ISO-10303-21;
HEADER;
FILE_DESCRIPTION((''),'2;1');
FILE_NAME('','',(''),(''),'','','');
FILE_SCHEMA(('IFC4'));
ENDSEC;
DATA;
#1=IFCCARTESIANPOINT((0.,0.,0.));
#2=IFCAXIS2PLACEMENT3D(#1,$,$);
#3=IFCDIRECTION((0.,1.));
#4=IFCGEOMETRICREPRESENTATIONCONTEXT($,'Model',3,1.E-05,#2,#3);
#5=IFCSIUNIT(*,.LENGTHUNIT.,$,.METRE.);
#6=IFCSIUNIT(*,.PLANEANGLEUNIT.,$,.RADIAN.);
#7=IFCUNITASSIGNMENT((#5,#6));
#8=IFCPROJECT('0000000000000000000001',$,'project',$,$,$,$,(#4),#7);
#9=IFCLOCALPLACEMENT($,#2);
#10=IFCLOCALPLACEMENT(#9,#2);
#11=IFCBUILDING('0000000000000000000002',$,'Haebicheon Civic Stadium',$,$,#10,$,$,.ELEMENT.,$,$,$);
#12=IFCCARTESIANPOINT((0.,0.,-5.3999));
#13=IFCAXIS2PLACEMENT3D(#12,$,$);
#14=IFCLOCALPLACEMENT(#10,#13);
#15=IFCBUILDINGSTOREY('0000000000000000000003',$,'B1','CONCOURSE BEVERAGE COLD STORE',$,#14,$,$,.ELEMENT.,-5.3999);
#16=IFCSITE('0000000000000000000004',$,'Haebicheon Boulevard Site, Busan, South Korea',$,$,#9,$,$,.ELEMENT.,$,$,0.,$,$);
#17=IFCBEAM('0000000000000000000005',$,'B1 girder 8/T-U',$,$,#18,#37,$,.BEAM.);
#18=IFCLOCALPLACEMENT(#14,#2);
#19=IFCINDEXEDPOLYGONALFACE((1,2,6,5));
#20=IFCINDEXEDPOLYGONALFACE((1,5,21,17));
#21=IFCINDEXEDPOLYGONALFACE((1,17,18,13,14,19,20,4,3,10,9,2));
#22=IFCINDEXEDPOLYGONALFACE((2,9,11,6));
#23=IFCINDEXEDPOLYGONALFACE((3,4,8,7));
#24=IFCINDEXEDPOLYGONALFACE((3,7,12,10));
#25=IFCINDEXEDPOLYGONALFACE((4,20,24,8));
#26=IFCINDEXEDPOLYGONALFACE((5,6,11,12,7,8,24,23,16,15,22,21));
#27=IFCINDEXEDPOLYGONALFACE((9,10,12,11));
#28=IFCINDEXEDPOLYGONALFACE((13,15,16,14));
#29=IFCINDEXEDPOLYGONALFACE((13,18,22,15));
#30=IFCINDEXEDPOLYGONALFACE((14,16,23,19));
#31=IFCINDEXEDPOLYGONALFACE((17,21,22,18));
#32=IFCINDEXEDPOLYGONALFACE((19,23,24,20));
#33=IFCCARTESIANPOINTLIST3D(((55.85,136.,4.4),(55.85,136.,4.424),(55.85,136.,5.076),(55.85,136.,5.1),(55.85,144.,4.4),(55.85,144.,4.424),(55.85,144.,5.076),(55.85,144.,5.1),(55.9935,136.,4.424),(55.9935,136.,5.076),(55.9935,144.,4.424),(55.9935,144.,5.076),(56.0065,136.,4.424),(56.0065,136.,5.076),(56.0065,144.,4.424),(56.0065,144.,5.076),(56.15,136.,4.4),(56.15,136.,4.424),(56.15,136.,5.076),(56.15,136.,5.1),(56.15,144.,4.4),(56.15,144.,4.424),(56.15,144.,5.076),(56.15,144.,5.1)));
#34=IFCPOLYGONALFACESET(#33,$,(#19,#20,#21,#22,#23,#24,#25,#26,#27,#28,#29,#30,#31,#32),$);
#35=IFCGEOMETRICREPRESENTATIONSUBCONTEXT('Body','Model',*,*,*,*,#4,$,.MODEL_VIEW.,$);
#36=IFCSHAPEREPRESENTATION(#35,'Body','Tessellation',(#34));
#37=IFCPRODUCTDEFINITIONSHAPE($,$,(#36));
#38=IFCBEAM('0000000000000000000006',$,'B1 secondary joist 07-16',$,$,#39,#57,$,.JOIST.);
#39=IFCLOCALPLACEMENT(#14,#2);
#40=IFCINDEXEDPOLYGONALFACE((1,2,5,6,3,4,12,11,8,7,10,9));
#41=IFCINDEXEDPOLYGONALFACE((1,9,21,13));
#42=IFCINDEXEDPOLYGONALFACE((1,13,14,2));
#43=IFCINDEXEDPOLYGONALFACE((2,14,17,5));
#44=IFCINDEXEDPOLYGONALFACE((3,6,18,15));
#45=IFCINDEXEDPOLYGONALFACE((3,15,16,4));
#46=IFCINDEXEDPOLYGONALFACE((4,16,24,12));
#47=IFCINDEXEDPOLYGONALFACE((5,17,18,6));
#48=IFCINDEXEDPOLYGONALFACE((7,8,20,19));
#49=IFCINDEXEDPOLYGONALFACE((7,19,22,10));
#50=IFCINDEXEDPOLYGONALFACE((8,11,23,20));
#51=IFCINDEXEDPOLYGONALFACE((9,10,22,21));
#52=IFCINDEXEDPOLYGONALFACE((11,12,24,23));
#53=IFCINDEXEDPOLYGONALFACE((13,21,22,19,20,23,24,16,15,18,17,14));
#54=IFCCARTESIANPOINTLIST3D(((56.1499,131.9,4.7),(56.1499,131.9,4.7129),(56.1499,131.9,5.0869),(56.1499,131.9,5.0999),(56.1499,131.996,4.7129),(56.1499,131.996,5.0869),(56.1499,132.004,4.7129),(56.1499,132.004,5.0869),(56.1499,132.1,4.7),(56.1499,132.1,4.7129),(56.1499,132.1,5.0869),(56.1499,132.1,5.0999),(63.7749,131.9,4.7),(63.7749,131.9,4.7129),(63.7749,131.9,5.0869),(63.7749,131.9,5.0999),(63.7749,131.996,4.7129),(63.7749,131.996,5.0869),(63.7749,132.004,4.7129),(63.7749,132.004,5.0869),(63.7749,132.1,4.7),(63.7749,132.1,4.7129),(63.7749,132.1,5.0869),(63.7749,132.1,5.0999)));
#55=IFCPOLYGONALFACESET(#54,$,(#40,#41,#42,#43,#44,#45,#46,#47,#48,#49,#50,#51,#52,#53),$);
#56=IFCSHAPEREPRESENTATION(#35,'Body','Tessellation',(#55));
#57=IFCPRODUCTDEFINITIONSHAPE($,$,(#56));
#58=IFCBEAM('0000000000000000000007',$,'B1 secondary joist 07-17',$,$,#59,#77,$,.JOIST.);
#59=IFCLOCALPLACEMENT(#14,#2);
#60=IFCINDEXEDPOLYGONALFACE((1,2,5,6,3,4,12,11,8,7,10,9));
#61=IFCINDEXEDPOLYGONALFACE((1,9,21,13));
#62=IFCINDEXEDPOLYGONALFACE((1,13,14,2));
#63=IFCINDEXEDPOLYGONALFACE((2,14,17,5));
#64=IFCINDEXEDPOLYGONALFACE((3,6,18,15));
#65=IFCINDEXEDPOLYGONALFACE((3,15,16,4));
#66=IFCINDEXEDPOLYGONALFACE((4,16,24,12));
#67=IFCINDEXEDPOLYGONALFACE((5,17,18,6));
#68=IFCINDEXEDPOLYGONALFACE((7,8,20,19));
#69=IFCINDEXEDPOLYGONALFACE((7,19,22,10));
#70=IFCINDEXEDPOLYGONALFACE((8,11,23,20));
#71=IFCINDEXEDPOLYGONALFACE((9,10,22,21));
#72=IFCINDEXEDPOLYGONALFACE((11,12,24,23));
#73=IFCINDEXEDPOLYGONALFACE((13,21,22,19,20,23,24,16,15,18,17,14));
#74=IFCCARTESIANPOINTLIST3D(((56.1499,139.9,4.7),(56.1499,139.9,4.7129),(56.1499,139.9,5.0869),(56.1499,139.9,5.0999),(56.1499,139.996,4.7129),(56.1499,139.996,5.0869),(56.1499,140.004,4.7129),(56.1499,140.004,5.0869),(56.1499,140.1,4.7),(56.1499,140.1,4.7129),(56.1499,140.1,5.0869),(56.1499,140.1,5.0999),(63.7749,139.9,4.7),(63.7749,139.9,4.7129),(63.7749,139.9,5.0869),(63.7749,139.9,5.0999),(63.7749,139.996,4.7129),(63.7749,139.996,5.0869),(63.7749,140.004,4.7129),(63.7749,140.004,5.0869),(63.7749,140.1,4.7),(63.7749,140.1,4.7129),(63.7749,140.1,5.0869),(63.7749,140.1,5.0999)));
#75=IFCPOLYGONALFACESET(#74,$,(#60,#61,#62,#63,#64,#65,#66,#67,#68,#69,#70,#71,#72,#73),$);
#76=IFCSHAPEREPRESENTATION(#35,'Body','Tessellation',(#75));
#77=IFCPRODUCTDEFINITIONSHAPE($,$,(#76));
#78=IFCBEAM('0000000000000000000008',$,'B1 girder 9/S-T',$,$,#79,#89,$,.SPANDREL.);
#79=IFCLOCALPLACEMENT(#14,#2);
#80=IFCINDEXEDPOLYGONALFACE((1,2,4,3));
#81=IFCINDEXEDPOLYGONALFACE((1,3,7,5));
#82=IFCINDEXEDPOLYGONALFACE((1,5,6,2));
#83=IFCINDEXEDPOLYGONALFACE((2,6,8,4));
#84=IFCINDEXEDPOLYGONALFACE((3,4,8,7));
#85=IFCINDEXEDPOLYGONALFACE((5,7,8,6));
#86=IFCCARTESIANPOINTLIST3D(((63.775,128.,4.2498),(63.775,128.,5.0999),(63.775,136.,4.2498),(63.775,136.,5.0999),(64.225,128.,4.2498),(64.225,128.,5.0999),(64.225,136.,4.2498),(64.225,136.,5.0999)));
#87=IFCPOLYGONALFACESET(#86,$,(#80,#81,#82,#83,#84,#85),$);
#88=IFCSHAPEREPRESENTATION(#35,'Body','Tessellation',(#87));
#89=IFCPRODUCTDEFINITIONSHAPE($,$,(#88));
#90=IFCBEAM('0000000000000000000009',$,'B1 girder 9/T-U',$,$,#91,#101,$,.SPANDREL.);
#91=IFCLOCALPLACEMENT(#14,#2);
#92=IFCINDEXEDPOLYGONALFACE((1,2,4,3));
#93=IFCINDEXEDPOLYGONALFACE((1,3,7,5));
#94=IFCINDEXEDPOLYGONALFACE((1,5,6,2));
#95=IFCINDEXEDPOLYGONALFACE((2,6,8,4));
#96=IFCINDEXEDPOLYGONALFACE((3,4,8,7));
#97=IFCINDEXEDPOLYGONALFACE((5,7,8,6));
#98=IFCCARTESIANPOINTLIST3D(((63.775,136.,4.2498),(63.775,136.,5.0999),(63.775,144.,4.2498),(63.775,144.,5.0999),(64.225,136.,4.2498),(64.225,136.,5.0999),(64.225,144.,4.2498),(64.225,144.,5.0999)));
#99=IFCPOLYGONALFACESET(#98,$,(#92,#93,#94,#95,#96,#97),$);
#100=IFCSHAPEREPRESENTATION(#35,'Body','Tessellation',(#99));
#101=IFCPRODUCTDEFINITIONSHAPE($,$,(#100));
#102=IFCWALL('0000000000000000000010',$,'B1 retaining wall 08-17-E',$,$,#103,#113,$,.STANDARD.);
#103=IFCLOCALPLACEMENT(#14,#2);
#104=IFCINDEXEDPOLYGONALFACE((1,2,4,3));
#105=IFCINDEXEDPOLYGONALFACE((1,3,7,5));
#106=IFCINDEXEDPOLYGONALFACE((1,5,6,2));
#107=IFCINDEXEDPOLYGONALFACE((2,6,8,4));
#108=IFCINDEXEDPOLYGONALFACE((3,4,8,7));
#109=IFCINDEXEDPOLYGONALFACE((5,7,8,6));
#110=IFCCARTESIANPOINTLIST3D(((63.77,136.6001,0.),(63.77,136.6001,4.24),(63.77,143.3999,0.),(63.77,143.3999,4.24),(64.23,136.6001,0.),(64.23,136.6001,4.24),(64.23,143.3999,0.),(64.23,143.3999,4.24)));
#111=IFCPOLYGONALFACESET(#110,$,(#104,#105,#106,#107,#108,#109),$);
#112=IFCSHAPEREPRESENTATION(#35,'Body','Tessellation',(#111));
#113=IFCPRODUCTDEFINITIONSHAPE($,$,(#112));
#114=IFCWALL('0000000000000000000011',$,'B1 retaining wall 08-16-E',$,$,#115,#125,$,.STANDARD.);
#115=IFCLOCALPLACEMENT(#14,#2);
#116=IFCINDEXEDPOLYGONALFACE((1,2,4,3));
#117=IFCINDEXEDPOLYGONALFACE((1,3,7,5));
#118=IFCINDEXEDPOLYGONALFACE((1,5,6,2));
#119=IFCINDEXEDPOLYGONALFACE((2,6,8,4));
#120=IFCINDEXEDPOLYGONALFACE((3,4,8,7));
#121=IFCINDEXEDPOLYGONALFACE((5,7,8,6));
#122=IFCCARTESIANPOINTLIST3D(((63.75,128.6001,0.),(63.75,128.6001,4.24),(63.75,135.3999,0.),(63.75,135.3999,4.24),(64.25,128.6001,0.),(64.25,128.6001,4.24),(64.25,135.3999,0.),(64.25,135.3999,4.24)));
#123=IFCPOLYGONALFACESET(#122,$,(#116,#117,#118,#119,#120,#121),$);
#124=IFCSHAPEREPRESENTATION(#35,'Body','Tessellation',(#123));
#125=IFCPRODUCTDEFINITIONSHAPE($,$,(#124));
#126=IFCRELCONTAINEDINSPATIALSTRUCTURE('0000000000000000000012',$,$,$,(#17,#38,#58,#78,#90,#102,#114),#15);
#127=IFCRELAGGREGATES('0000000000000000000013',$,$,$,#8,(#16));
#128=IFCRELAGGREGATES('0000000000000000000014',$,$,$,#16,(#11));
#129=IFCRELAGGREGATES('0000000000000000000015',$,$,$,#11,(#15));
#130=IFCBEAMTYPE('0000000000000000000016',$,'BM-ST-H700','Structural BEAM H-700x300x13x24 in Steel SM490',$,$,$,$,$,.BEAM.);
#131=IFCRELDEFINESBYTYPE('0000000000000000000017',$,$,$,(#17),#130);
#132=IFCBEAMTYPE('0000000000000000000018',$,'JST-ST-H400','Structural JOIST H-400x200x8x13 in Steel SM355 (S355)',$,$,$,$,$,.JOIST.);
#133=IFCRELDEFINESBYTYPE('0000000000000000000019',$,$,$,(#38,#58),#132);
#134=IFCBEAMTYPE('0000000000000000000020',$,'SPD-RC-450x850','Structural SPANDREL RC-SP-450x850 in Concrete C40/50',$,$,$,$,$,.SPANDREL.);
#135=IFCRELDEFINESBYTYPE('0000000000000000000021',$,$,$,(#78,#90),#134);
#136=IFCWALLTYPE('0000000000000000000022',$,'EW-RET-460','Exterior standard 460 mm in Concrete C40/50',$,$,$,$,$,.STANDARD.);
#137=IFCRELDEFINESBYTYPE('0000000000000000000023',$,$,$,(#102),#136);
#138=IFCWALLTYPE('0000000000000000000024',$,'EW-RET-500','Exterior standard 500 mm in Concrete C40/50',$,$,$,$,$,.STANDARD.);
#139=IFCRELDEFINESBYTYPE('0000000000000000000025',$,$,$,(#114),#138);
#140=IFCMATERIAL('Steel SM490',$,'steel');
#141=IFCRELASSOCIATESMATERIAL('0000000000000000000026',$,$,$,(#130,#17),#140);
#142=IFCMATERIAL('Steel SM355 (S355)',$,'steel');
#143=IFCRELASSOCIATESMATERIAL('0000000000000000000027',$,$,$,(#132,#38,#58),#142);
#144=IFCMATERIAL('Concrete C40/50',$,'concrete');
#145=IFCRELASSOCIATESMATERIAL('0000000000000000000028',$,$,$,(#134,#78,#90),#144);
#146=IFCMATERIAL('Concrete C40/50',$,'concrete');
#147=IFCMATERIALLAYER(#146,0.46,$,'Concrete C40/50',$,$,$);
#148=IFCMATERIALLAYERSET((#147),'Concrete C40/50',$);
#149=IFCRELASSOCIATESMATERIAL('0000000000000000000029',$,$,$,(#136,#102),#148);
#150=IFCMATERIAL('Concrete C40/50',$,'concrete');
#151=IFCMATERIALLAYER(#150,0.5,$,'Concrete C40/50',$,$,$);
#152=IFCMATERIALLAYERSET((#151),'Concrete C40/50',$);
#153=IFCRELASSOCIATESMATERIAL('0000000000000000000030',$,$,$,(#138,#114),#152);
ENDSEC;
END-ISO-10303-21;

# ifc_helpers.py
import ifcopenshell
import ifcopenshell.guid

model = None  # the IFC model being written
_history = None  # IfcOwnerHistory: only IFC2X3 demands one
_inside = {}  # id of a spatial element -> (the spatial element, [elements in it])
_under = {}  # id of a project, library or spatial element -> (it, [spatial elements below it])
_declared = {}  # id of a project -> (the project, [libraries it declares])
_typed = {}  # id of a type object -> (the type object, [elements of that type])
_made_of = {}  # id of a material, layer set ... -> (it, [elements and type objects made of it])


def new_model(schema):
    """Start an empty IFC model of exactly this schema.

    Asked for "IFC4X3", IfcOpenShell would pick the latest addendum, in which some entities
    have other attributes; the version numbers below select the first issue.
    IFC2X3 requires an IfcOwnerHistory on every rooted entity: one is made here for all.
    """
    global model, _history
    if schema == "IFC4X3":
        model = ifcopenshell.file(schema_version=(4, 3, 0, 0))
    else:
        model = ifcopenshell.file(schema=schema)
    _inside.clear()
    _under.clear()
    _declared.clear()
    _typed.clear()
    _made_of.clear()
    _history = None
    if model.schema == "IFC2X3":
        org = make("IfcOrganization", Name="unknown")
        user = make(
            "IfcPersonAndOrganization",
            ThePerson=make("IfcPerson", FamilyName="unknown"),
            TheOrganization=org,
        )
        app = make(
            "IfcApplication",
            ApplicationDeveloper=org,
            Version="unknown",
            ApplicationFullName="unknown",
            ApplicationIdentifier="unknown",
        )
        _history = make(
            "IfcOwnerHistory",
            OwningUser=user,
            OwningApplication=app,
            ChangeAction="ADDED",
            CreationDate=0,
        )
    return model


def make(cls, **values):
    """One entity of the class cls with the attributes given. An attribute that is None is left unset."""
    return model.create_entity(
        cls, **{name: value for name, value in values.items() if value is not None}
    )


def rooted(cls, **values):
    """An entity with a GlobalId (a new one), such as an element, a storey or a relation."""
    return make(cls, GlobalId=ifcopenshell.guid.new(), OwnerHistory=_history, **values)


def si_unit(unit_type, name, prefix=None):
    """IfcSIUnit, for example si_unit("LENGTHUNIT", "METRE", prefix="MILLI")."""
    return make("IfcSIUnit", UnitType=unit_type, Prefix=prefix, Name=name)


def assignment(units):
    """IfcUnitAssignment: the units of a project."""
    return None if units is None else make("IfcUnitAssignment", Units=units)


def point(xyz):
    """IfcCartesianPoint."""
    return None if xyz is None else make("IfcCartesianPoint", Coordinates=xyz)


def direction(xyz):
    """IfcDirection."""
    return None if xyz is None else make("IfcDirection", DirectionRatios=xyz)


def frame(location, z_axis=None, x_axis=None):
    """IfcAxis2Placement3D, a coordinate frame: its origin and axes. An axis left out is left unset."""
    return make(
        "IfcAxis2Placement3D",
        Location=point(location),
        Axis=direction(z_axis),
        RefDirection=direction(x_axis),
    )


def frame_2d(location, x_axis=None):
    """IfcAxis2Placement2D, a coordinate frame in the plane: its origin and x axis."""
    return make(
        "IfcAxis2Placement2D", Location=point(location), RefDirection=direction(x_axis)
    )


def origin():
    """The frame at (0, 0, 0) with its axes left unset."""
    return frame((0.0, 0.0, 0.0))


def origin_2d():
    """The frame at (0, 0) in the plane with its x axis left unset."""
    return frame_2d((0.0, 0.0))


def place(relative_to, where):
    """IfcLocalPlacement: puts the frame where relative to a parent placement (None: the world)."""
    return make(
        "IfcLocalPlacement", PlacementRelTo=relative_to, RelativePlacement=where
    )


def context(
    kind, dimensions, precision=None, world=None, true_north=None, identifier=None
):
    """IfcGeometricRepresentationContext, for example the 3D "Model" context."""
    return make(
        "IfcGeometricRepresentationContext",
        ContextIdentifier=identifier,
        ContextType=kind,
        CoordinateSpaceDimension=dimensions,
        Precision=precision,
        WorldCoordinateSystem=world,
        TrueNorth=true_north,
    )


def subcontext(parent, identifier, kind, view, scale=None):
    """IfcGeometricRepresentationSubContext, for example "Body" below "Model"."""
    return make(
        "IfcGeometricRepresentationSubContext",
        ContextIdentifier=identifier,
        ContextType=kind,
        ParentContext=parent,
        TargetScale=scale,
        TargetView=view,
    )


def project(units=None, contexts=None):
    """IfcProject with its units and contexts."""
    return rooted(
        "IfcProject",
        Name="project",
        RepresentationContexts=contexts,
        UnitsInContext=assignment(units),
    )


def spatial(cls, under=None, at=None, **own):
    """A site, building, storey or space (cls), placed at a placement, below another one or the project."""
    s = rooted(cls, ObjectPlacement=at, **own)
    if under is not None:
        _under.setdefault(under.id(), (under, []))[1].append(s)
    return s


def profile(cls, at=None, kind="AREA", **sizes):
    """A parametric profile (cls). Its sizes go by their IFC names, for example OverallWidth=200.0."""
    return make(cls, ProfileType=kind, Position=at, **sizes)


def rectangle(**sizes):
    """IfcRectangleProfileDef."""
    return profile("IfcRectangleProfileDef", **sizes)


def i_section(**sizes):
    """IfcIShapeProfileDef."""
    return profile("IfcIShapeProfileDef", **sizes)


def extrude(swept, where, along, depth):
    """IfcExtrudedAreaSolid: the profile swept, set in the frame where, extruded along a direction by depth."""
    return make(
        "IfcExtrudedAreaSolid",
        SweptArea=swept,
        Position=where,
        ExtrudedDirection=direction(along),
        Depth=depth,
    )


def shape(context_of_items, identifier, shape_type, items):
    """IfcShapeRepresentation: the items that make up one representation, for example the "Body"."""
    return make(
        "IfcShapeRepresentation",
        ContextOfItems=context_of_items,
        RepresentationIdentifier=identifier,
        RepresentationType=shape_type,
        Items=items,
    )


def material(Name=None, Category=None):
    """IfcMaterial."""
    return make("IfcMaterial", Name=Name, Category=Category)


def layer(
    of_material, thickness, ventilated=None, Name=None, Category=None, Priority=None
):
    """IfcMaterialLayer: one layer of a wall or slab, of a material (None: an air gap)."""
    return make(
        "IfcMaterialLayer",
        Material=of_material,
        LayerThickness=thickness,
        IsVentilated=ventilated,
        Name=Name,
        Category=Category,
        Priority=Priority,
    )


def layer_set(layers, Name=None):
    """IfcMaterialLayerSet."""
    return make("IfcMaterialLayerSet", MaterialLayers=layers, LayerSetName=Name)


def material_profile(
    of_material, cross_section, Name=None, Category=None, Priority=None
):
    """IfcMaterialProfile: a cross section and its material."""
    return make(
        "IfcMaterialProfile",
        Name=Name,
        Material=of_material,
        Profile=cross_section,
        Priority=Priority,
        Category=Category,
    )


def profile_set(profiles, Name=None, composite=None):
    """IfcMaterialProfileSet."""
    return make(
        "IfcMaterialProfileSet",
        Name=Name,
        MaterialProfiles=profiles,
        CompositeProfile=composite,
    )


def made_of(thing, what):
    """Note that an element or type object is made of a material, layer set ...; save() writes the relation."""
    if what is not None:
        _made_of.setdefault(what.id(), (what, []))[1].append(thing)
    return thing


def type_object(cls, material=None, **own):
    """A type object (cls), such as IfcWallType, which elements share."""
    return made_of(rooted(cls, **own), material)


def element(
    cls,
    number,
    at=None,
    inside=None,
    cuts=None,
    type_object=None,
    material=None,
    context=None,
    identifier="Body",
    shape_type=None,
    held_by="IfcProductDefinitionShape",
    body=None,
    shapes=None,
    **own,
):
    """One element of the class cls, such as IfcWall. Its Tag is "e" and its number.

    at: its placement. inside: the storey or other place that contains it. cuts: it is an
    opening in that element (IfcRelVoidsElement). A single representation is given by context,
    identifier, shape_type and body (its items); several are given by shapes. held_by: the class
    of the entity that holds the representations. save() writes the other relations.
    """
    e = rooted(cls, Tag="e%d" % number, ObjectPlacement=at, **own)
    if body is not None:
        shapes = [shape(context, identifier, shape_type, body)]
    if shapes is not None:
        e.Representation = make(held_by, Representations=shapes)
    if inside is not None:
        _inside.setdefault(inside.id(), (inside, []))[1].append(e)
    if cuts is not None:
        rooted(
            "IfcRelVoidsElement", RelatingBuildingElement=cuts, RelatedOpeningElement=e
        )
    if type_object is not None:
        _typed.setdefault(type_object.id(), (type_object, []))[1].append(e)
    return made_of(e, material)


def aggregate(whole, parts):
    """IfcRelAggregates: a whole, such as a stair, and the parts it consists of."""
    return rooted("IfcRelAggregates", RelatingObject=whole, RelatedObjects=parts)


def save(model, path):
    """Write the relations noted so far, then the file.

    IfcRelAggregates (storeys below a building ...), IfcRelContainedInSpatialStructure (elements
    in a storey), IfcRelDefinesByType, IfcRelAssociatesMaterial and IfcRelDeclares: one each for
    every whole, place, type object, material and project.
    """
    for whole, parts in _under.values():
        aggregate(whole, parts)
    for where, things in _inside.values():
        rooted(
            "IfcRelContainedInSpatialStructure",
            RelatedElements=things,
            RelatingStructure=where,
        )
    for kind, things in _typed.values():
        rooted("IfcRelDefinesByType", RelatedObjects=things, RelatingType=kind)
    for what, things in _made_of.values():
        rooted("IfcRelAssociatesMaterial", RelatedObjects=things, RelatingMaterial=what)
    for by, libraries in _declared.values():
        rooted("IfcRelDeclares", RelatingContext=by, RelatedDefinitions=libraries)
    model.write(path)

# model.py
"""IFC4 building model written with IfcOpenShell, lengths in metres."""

from ifc_helpers import new_model, si_unit, direction, frame, frame_2d, origin, origin_2d, place, context, subcontext, project, spatial, rectangle, i_section, extrude, material, layer, layer_set, material_profile, profile_set, type_object, element, save


model = new_model("IFC4")

# Units and contexts
model_context = context("Model", 3, precision=1e-05, world=origin(), true_north=direction((0.0, 1.0)))
body_context = subcontext(model_context, "Body", "Model", "MODEL_VIEW")
ifc_project = project(units=[si_unit("LENGTHUNIT", "METRE"), si_unit("PLANEANGLEUNIT", "RADIAN")], contexts=[model_context])

# Site, building, storey
site_placement = place(None, origin())
site = spatial("IfcSite", under=ifc_project, at=site_placement, Name="Haebicheon Boulevard Site, Busan, South Korea", CompositionType="ELEMENT", RefElevation=0.0)
building_placement = place(site_placement, origin())
building = spatial("IfcBuilding", under=site, at=building_placement, Name="Haebicheon Civic Stadium", CompositionType="ELEMENT")
storey_placement = place(building_placement, frame((0.0, 0.0, -5.3999)))
storey = spatial("IfcBuildingStorey", under=building, at=storey_placement, Name="B1", Description="CONCOURSE BEVERAGE COLD STORE", CompositionType="ELEMENT", Elevation=-5.3999)

# Beams
ifc_material_1 = material(Name="Steel SM490", Category="steel")
ifc_material_profile_1 = material_profile(ifc_material_1, i_section(OverallWidth=0.3, OverallDepth=0.7, WebThickness=0.0129, FlangeThickness=0.0239, at=origin_2d()), Name="H-700x300x13x24")
ifc_profile_set_1 = profile_set([ifc_material_profile_1], Name="Steel SM490")
beam_type_1 = type_object("IfcBeamType", Name="BM-ST-H700", Description="Structural BEAM H-700x300x13x24 in Steel SM490", PredefinedType="BEAM", material=ifc_profile_set_1)
beam_1_placement = place(storey_placement, frame((56.0, 136.0, 4.75), z_axis=(0.0, 1.0, 0.0), x_axis=(-1.0, 0.0, 0.0)))
element("IfcBeam", 1, at=beam_1_placement, inside=storey, type_object=beam_type_1, material=ifc_profile_set_1, Name="B1 girder 8/T-U", PredefinedType="BEAM", context=body_context, shape_type="SweptSolid", body=[
    extrude(i_section(OverallWidth=0.3, OverallDepth=0.7, WebThickness=0.0129, FlangeThickness=0.0239, at=origin_2d()), origin(), (0.0, 0.0, 1.0), 8.0),
])
ifc_material_2 = material(Name="Steel SM355 (S355)", Category="steel")
ifc_material_profile_2 = material_profile(ifc_material_2, i_section(OverallWidth=0.2, OverallDepth=0.3999, WebThickness=0.0081, FlangeThickness=0.0129, at=origin_2d()), Name="H-400x200x8x13")
ifc_profile_set_2 = profile_set([ifc_material_profile_2], Name="Steel SM355 (S355)")
beam_type_2 = type_object("IfcBeamType", Name="JST-ST-H400", Description="Structural JOIST H-400x200x8x13 in Steel SM355 (S355)", PredefinedType="JOIST", material=ifc_profile_set_2)
for number, where, z_axis, x_axis, name in (
    (2, (56.1499, 132.0, 4.8999), (1.0, 0.0, 0.0), (0.0, 1.0, 0.0), "B1 secondary joist 07-16"),
    (3, (56.1499, 140.0, 4.8999), (1.0, 0.0, 0.0), (0.0, 1.0, 0.0), "B1 secondary joist 07-17"),
):
    element("IfcBeam", number, at=place(storey_placement, frame(where, z_axis=z_axis, x_axis=x_axis)), inside=storey, type_object=beam_type_2, material=ifc_profile_set_2, Name=name, PredefinedType="JOIST", context=body_context, shape_type="SweptSolid", body=[
        extrude(i_section(OverallWidth=0.2, OverallDepth=0.3999, WebThickness=0.0081, FlangeThickness=0.0129, at=origin_2d()), origin(), (0.0, 0.0, 1.0), 7.625),
    ])
ifc_material_3 = material(Name="Concrete C40/50", Category="concrete")
ifc_material_profile_3 = material_profile(ifc_material_3, rectangle(XDim=0.45, YDim=0.8501, at=origin_2d()), Name="RC-SP-450x850")
ifc_profile_set_3 = profile_set([ifc_material_profile_3], Name="Concrete C40/50")
beam_type_3 = type_object("IfcBeamType", Name="SPD-RC-450x850", Description="Structural SPANDREL RC-SP-450x850 in Concrete C40/50", PredefinedType="SPANDREL", material=ifc_profile_set_3)
for number, where, z_axis, x_axis, name in (
    (4, (64.0, 128.0, 4.6748), (0.0, 1.0, 0.0), (-1.0, 0.0, 0.0), "B1 girder 9/S-T"),
    (5, (64.0, 136.0, 4.6748), (0.0, 1.0, 0.0), (-1.0, 0.0, 0.0), "B1 girder 9/T-U"),
):
    element("IfcBeam", number, at=place(storey_placement, frame(where, z_axis=z_axis, x_axis=x_axis)), inside=storey, type_object=beam_type_3, material=ifc_profile_set_3, Name=name, PredefinedType="SPANDREL", context=body_context, shape_type="SweptSolid", body=[
        extrude(rectangle(XDim=0.45, YDim=0.8501, at=origin_2d()), origin(), (0.0, 0.0, 1.0), 8.0),
    ])

# Walls
ifc_material_4 = material(Name="Concrete C40/50", Category="concrete")
ifc_layer_1 = layer(ifc_material_4, 0.46, Name="Concrete C40/50")
ifc_layer_set_1 = layer_set([ifc_layer_1], Name="Concrete C40/50")
wall_type_1 = type_object("IfcWallType", Name="EW-RET-460", Description="Exterior standard 460 mm in Concrete C40/50", PredefinedType="STANDARD", material=ifc_layer_set_1)
wall_1_placement = place(storey_placement, frame((64.0, 136.6001, 0.0), z_axis=(0.0, 0.0, 1.0), x_axis=(0.0, 1.0, 0.0)))
element("IfcWall", 6, at=wall_1_placement, inside=storey, type_object=wall_type_1, material=ifc_layer_set_1, Name="B1 retaining wall 08-17-E", PredefinedType="STANDARD", context=body_context, shape_type="SweptSolid", body=[
    extrude(rectangle(XDim=6.7998, YDim=0.46, at=frame_2d((3.3999, 0.0))), origin(), (0.0, 0.0, 1.0), 4.24),
])
ifc_material_5 = material(Name="Concrete C40/50", Category="concrete")
ifc_layer_2 = layer(ifc_material_5, 0.5, Name="Concrete C40/50")
ifc_layer_set_2 = layer_set([ifc_layer_2], Name="Concrete C40/50")
wall_type_2 = type_object("IfcWallType", Name="EW-RET-500", Description="Exterior standard 500 mm in Concrete C40/50", PredefinedType="STANDARD", material=ifc_layer_set_2)
wall_2_placement = place(storey_placement, frame((64.0, 128.6001, 0.0), z_axis=(0.0, 0.0, 1.0), x_axis=(0.0, 1.0, 0.0)))
element("IfcWall", 7, at=wall_2_placement, inside=storey, type_object=wall_type_2, material=ifc_layer_set_2, Name="B1 retaining wall 08-16-E", PredefinedType="STANDARD", context=body_context, shape_type="SweptSolid", body=[
    extrude(rectangle(XDim=6.7998, YDim=0.5, at=frame_2d((3.3999, 0.0))), origin(), (0.0, 0.0, 1.0), 4.24),
])

save(model, "model.ifc")
